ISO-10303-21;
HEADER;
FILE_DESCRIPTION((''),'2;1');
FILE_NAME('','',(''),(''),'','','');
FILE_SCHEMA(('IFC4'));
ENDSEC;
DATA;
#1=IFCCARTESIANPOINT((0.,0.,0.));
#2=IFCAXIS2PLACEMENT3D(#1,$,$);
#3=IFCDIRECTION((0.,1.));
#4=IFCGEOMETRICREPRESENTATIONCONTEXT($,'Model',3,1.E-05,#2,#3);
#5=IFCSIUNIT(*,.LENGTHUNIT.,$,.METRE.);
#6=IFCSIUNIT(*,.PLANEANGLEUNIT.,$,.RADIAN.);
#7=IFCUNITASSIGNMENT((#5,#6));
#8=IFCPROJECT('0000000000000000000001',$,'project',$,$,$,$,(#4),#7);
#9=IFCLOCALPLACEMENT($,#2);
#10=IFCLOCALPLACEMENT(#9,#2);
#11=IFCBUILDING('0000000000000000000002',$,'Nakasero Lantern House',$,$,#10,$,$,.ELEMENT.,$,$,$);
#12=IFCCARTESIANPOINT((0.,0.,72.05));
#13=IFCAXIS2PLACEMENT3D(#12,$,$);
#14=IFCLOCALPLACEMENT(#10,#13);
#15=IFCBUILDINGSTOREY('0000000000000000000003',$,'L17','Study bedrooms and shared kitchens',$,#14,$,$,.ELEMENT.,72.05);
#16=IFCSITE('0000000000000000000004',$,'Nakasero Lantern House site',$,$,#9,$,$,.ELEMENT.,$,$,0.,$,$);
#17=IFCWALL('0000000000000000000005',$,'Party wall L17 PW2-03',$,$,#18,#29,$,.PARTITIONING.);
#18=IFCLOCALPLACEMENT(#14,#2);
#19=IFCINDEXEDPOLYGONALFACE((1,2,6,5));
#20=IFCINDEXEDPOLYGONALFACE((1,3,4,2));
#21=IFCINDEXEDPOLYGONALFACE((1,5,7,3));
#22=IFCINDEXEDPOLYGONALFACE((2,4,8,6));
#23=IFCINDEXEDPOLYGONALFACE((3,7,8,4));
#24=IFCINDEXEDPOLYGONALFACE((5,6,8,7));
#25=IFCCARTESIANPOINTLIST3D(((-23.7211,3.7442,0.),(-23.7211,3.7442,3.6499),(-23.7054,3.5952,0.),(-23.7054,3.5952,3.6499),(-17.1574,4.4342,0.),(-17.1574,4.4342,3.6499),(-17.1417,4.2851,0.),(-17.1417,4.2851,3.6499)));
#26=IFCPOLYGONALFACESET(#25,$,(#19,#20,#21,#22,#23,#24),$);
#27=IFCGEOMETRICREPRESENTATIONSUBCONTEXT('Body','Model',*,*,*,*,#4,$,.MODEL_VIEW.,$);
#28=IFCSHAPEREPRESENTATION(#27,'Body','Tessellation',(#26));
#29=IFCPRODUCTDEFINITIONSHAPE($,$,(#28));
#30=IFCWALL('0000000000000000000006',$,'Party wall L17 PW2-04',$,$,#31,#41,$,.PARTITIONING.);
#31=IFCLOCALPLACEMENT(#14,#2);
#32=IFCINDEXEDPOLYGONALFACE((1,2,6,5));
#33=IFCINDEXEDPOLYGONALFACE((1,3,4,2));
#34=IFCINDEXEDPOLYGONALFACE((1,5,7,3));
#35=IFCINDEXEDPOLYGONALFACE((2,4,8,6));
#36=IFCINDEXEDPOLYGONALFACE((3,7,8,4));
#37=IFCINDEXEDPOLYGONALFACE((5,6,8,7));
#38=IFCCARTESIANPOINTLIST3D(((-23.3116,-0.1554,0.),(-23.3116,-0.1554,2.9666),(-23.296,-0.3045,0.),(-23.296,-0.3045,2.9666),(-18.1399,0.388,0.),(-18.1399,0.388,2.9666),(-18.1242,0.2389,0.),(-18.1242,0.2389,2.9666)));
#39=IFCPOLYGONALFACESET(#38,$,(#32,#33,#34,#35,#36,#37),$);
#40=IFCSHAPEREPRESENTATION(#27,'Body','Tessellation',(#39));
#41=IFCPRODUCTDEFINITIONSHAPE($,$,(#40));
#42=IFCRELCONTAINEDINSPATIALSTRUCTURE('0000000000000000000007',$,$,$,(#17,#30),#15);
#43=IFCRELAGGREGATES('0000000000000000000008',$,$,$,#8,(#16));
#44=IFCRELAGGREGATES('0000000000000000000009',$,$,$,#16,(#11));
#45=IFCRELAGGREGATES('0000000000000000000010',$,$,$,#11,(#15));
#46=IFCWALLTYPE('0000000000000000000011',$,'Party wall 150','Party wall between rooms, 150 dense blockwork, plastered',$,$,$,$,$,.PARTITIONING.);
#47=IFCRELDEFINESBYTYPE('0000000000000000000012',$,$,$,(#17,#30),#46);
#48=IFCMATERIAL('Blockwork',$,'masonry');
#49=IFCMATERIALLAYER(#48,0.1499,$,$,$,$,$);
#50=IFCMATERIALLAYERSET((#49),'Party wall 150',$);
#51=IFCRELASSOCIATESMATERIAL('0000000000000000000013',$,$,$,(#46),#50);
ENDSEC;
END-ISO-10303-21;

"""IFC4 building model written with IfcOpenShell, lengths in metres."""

from ifc_helpers import new_model, si_unit, direction, frame, frame_2d, origin, place, context, subcontext, project, spatial, rectangle, extrude, material, layer, layer_set, type_object, element, save


model = new_model("IFC4")

# Units and contexts
model_context = context("Model", 3, precision=1e-05, world=origin(), true_north=direction((0.0, 1.0)))
body_context = subcontext(model_context, "Body", "Model", "MODEL_VIEW")
ifc_project = project(units=[si_unit("LENGTHUNIT", "METRE"), si_unit("PLANEANGLEUNIT", "RADIAN")], contexts=[model_context])

# Site, building, storey
site_placement = place(None, origin())
site = spatial("IfcSite", under=ifc_project, at=site_placement, Name="Nakasero Lantern House site", CompositionType="ELEMENT", RefElevation=0.0)
building_placement = place(site_placement, origin())
building = spatial("IfcBuilding", under=site, at=building_placement, Name="Nakasero Lantern House", CompositionType="ELEMENT")
storey_placement = place(building_placement, frame((0.0, 0.0, 72.05)))
storey = spatial("IfcBuildingStorey", under=building, at=storey_placement, Name="L17", Description="Study bedrooms and shared kitchens", CompositionType="ELEMENT", Elevation=72.05)

# Walls
ifc_material_1 = material(Name="Blockwork", Category="masonry")
ifc_layer_1 = layer(ifc_material_1, 0.1499)
ifc_layer_set_1 = layer_set([ifc_layer_1], Name="Party wall 150")
wall_type_1 = type_object("IfcWallType", Name="Party wall 150", Description="Party wall between rooms, 150 dense blockwork, plastered", PredefinedType="PARTITIONING", material=ifc_layer_set_1)
wall_1_placement = place(storey_placement, frame((-17.1497, 4.3596, 0.0), z_axis=(0.0, 0.0, 1.0), x_axis=(-0.994521, -0.104538, 0.0)))
element("IfcWall", 1, at=wall_1_placement, inside=storey, type_object=wall_type_1, Name="Party wall L17 PW2-03", PredefinedType="PARTITIONING", context=body_context, shape_type="SweptSolid", body=[
    extrude(rectangle(XDim=6.5999, YDim=0.1499, at=frame_2d((3.2998, 0.0))), origin(), (0.0, 0.0, 1.0), 3.6499),
])
wall_2_placement = place(storey_placement, frame((-18.1321, 0.3135, 0.0), z_axis=(0.0, 0.0, 1.0), x_axis=(-0.994524, -0.104509, 0.0)))
element("IfcWall", 2, at=wall_2_placement, inside=storey, type_object=wall_type_1, Name="Party wall L17 PW2-04", PredefinedType="PARTITIONING", context=body_context, shape_type="SweptSolid", body=[
    extrude(rectangle(XDim=5.2002, YDim=0.1499, at=frame_2d((2.6001, 0.0))), origin(), (0.0, 0.0, 1.0), 2.9666),
])

save(model, "model.ifc")
